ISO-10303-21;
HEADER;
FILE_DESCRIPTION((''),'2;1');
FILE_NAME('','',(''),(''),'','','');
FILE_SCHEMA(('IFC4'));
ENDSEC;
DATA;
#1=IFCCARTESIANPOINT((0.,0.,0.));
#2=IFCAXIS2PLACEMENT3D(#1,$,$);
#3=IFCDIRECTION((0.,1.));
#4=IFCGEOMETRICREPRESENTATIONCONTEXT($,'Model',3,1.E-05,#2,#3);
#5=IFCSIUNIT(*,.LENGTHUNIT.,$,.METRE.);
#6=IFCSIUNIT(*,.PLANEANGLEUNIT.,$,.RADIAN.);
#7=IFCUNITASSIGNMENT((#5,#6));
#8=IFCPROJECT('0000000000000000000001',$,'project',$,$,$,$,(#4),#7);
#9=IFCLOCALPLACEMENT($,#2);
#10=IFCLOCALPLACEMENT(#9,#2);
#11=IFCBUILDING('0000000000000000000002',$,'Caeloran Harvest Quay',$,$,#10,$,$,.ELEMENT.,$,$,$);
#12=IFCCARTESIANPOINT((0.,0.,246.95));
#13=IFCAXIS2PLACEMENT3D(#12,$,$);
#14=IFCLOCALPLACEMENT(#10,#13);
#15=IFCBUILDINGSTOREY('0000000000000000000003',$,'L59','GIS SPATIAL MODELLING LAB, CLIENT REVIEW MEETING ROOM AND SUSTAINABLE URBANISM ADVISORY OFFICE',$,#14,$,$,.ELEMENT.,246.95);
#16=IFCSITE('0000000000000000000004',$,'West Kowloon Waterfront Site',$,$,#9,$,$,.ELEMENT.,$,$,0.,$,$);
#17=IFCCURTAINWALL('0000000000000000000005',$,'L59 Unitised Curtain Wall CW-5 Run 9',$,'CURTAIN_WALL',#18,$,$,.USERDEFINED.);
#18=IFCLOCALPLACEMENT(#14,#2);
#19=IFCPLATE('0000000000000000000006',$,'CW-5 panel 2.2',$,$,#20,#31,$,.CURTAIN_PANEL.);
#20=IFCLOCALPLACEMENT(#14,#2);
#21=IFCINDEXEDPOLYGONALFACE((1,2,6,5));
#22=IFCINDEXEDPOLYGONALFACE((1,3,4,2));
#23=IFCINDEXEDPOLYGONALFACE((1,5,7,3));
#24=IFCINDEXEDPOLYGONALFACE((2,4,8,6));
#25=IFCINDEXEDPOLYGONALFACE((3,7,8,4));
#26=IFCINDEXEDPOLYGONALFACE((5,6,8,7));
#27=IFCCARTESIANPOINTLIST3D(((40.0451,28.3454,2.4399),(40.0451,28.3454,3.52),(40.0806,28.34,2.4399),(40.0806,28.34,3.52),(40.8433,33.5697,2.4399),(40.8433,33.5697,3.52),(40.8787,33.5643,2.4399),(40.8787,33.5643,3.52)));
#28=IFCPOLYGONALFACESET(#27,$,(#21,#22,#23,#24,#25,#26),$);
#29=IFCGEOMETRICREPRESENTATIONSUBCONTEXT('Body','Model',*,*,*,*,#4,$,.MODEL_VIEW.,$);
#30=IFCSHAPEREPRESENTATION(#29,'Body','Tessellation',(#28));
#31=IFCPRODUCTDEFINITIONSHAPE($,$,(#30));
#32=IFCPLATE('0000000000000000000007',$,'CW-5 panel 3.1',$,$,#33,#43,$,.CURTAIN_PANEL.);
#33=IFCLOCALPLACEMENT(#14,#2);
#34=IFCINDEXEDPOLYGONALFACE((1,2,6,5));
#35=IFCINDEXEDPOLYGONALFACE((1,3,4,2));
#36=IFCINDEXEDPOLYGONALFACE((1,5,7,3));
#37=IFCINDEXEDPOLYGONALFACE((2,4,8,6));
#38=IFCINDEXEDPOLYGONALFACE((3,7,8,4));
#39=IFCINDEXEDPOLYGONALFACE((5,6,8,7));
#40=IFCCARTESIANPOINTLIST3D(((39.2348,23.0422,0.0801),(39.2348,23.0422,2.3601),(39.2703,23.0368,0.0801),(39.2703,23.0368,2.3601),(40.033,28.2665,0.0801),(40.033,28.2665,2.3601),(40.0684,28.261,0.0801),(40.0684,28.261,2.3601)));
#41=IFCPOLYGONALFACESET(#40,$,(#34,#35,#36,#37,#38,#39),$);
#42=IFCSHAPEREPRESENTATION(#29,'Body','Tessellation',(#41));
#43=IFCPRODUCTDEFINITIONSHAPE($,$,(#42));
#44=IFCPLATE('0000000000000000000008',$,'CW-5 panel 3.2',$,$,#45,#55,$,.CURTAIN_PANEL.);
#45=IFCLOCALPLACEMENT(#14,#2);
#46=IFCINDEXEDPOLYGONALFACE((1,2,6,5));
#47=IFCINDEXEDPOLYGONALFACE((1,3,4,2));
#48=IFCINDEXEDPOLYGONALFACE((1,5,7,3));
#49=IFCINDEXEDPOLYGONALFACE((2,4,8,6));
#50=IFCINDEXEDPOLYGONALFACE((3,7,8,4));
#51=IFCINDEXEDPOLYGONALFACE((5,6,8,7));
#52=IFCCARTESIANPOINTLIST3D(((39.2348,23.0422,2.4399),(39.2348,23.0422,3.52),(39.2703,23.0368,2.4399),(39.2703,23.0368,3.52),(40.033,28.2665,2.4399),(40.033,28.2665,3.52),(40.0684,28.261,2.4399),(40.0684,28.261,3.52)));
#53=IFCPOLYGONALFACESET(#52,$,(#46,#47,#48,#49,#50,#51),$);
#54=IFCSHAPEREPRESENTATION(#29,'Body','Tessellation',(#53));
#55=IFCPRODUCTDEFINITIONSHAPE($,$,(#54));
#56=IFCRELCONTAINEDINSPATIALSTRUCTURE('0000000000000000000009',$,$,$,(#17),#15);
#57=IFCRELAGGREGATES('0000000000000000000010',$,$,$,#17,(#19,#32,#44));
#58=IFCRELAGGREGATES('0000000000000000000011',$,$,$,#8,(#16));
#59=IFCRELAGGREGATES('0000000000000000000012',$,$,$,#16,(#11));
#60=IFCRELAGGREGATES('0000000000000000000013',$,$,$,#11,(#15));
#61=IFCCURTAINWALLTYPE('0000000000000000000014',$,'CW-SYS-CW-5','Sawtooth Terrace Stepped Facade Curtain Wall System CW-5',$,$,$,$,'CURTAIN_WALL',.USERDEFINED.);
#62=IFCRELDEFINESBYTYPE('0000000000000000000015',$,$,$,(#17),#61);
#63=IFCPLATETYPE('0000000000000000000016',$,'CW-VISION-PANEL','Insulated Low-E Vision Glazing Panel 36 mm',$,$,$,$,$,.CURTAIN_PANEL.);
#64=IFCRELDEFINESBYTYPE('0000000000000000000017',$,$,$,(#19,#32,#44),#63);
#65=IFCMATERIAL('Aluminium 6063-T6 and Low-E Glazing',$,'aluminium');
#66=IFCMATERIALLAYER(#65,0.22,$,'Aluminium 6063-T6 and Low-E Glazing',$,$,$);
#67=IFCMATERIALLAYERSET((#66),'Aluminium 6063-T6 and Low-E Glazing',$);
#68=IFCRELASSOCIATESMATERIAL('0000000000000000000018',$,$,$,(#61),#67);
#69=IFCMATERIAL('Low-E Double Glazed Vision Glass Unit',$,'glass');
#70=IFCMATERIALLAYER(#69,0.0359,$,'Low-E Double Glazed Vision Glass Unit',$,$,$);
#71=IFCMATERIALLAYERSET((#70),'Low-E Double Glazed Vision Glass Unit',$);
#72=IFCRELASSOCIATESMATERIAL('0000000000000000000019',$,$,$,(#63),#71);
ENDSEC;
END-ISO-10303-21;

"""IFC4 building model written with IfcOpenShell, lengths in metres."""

from ifc_helpers import new_model, si_unit, direction, frame, origin, origin_2d, place, context, subcontext, project, spatial, rectangle, extrude, material, layer, layer_set, type_object, element, aggregate, save


model = new_model("IFC4")

# Units and contexts
model_context = context("Model", 3, precision=1e-05, world=origin(), true_north=direction((0.0, 1.0)))
body_context = subcontext(model_context, "Body", "Model", "MODEL_VIEW")
ifc_project = project(units=[si_unit("LENGTHUNIT", "METRE"), si_unit("PLANEANGLEUNIT", "RADIAN")], contexts=[model_context])

# Site, building, storey
site_placement = place(None, origin())
site = spatial("IfcSite", under=ifc_project, at=site_placement, Name="West Kowloon Waterfront Site", CompositionType="ELEMENT", RefElevation=0.0)
building_placement = place(site_placement, origin())
building = spatial("IfcBuilding", under=site, at=building_placement, Name="Caeloran Harvest Quay", CompositionType="ELEMENT")
storey_placement = place(building_placement, frame((0.0, 0.0, 246.95)))
storey = spatial("IfcBuildingStorey", under=building, at=storey_placement, Name="L59", Description="GIS SPATIAL MODELLING LAB, CLIENT REVIEW MEETING ROOM AND SUSTAINABLE URBANISM ADVISORY OFFICE", CompositionType="ELEMENT", Elevation=246.95)

# Curtain wall, plates
ifc_material_1 = material(Name="Aluminium 6063-T6 and Low-E Glazing", Category="aluminium")
ifc_layer_1 = layer(ifc_material_1, 0.22, Name="Aluminium 6063-T6 and Low-E Glazing")
ifc_layer_set_1 = layer_set([ifc_layer_1], Name="Aluminium 6063-T6 and Low-E Glazing")
curtain_wall_type = type_object("IfcCurtainWallType", Name="CW-SYS-CW-5", Description="Sawtooth Terrace Stepped Facade Curtain Wall System CW-5", ElementType="CURTAIN_WALL", PredefinedType="USERDEFINED", material=ifc_layer_set_1)
curtain_wall_placement = place(storey_placement, origin())
curtain_wall = element("IfcCurtainWall", 1, at=curtain_wall_placement, inside=storey, type_object=curtain_wall_type, Name="L59 Unitised Curtain Wall CW-5 Run 9", ObjectType="CURTAIN_WALL", PredefinedType="USERDEFINED")
ifc_material_2 = material(Name="Low-E Double Glazed Vision Glass Unit", Category="glass")
ifc_layer_2 = layer(ifc_material_2, 0.0359, Name="Low-E Double Glazed Vision Glass Unit")
ifc_layer_set_2 = layer_set([ifc_layer_2], Name="Low-E Double Glazed Vision Glass Unit")
plate_type = type_object("IfcPlateType", Name="CW-VISION-PANEL", Description="Insulated Low-E Vision Glazing Panel 36 mm", PredefinedType="CURTAIN_PANEL", material=ifc_layer_set_2)
plate_1_placement = place(storey_placement, frame((40.4619, 30.9548, 2.4399), z_axis=(0.0, 0.0, 1.0), x_axis=(-0.151028, -0.98853, 0.0)))
plate_1 = element("IfcPlate", 2, at=plate_1_placement, type_object=plate_type, Name="CW-5 panel 2.2", PredefinedType="CURTAIN_PANEL", context=body_context, shape_type="SweptSolid", body=[
    extrude(rectangle(XDim=5.2849, YDim=0.0359, at=origin_2d()), origin(), (0.0, 0.0, 1.0), 1.0801),
])
plate_2_placement = place(storey_placement, frame((39.6516, 25.6516, 0.0801), z_axis=(0.0, 0.0, 1.0), x_axis=(-0.151028, -0.98853, 0.0)))
plate_2 = element("IfcPlate", 3, at=plate_2_placement, type_object=plate_type, Name="CW-5 panel 3.1", PredefinedType="CURTAIN_PANEL", context=body_context, shape_type="SweptSolid", body=[
    extrude(rectangle(XDim=5.2849, YDim=0.0359, at=origin_2d()), origin(), (0.0, 0.0, 1.0), 2.28),
])
plate_3_placement = place(storey_placement, frame((39.6516, 25.6516, 2.4399), z_axis=(0.0, 0.0, 1.0), x_axis=(-0.151028, -0.98853, 0.0)))
plate_3 = element("IfcPlate", 4, at=plate_3_placement, type_object=plate_type, Name="CW-5 panel 3.2", PredefinedType="CURTAIN_PANEL", context=body_context, shape_type="SweptSolid", body=[
    extrude(rectangle(XDim=5.2849, YDim=0.0359, at=origin_2d()), origin(), (0.0, 0.0, 1.0), 1.0801),
])
aggregate(curtain_wall, [plate_1, plate_2, plate_3])

save(model, "model.ifc")
